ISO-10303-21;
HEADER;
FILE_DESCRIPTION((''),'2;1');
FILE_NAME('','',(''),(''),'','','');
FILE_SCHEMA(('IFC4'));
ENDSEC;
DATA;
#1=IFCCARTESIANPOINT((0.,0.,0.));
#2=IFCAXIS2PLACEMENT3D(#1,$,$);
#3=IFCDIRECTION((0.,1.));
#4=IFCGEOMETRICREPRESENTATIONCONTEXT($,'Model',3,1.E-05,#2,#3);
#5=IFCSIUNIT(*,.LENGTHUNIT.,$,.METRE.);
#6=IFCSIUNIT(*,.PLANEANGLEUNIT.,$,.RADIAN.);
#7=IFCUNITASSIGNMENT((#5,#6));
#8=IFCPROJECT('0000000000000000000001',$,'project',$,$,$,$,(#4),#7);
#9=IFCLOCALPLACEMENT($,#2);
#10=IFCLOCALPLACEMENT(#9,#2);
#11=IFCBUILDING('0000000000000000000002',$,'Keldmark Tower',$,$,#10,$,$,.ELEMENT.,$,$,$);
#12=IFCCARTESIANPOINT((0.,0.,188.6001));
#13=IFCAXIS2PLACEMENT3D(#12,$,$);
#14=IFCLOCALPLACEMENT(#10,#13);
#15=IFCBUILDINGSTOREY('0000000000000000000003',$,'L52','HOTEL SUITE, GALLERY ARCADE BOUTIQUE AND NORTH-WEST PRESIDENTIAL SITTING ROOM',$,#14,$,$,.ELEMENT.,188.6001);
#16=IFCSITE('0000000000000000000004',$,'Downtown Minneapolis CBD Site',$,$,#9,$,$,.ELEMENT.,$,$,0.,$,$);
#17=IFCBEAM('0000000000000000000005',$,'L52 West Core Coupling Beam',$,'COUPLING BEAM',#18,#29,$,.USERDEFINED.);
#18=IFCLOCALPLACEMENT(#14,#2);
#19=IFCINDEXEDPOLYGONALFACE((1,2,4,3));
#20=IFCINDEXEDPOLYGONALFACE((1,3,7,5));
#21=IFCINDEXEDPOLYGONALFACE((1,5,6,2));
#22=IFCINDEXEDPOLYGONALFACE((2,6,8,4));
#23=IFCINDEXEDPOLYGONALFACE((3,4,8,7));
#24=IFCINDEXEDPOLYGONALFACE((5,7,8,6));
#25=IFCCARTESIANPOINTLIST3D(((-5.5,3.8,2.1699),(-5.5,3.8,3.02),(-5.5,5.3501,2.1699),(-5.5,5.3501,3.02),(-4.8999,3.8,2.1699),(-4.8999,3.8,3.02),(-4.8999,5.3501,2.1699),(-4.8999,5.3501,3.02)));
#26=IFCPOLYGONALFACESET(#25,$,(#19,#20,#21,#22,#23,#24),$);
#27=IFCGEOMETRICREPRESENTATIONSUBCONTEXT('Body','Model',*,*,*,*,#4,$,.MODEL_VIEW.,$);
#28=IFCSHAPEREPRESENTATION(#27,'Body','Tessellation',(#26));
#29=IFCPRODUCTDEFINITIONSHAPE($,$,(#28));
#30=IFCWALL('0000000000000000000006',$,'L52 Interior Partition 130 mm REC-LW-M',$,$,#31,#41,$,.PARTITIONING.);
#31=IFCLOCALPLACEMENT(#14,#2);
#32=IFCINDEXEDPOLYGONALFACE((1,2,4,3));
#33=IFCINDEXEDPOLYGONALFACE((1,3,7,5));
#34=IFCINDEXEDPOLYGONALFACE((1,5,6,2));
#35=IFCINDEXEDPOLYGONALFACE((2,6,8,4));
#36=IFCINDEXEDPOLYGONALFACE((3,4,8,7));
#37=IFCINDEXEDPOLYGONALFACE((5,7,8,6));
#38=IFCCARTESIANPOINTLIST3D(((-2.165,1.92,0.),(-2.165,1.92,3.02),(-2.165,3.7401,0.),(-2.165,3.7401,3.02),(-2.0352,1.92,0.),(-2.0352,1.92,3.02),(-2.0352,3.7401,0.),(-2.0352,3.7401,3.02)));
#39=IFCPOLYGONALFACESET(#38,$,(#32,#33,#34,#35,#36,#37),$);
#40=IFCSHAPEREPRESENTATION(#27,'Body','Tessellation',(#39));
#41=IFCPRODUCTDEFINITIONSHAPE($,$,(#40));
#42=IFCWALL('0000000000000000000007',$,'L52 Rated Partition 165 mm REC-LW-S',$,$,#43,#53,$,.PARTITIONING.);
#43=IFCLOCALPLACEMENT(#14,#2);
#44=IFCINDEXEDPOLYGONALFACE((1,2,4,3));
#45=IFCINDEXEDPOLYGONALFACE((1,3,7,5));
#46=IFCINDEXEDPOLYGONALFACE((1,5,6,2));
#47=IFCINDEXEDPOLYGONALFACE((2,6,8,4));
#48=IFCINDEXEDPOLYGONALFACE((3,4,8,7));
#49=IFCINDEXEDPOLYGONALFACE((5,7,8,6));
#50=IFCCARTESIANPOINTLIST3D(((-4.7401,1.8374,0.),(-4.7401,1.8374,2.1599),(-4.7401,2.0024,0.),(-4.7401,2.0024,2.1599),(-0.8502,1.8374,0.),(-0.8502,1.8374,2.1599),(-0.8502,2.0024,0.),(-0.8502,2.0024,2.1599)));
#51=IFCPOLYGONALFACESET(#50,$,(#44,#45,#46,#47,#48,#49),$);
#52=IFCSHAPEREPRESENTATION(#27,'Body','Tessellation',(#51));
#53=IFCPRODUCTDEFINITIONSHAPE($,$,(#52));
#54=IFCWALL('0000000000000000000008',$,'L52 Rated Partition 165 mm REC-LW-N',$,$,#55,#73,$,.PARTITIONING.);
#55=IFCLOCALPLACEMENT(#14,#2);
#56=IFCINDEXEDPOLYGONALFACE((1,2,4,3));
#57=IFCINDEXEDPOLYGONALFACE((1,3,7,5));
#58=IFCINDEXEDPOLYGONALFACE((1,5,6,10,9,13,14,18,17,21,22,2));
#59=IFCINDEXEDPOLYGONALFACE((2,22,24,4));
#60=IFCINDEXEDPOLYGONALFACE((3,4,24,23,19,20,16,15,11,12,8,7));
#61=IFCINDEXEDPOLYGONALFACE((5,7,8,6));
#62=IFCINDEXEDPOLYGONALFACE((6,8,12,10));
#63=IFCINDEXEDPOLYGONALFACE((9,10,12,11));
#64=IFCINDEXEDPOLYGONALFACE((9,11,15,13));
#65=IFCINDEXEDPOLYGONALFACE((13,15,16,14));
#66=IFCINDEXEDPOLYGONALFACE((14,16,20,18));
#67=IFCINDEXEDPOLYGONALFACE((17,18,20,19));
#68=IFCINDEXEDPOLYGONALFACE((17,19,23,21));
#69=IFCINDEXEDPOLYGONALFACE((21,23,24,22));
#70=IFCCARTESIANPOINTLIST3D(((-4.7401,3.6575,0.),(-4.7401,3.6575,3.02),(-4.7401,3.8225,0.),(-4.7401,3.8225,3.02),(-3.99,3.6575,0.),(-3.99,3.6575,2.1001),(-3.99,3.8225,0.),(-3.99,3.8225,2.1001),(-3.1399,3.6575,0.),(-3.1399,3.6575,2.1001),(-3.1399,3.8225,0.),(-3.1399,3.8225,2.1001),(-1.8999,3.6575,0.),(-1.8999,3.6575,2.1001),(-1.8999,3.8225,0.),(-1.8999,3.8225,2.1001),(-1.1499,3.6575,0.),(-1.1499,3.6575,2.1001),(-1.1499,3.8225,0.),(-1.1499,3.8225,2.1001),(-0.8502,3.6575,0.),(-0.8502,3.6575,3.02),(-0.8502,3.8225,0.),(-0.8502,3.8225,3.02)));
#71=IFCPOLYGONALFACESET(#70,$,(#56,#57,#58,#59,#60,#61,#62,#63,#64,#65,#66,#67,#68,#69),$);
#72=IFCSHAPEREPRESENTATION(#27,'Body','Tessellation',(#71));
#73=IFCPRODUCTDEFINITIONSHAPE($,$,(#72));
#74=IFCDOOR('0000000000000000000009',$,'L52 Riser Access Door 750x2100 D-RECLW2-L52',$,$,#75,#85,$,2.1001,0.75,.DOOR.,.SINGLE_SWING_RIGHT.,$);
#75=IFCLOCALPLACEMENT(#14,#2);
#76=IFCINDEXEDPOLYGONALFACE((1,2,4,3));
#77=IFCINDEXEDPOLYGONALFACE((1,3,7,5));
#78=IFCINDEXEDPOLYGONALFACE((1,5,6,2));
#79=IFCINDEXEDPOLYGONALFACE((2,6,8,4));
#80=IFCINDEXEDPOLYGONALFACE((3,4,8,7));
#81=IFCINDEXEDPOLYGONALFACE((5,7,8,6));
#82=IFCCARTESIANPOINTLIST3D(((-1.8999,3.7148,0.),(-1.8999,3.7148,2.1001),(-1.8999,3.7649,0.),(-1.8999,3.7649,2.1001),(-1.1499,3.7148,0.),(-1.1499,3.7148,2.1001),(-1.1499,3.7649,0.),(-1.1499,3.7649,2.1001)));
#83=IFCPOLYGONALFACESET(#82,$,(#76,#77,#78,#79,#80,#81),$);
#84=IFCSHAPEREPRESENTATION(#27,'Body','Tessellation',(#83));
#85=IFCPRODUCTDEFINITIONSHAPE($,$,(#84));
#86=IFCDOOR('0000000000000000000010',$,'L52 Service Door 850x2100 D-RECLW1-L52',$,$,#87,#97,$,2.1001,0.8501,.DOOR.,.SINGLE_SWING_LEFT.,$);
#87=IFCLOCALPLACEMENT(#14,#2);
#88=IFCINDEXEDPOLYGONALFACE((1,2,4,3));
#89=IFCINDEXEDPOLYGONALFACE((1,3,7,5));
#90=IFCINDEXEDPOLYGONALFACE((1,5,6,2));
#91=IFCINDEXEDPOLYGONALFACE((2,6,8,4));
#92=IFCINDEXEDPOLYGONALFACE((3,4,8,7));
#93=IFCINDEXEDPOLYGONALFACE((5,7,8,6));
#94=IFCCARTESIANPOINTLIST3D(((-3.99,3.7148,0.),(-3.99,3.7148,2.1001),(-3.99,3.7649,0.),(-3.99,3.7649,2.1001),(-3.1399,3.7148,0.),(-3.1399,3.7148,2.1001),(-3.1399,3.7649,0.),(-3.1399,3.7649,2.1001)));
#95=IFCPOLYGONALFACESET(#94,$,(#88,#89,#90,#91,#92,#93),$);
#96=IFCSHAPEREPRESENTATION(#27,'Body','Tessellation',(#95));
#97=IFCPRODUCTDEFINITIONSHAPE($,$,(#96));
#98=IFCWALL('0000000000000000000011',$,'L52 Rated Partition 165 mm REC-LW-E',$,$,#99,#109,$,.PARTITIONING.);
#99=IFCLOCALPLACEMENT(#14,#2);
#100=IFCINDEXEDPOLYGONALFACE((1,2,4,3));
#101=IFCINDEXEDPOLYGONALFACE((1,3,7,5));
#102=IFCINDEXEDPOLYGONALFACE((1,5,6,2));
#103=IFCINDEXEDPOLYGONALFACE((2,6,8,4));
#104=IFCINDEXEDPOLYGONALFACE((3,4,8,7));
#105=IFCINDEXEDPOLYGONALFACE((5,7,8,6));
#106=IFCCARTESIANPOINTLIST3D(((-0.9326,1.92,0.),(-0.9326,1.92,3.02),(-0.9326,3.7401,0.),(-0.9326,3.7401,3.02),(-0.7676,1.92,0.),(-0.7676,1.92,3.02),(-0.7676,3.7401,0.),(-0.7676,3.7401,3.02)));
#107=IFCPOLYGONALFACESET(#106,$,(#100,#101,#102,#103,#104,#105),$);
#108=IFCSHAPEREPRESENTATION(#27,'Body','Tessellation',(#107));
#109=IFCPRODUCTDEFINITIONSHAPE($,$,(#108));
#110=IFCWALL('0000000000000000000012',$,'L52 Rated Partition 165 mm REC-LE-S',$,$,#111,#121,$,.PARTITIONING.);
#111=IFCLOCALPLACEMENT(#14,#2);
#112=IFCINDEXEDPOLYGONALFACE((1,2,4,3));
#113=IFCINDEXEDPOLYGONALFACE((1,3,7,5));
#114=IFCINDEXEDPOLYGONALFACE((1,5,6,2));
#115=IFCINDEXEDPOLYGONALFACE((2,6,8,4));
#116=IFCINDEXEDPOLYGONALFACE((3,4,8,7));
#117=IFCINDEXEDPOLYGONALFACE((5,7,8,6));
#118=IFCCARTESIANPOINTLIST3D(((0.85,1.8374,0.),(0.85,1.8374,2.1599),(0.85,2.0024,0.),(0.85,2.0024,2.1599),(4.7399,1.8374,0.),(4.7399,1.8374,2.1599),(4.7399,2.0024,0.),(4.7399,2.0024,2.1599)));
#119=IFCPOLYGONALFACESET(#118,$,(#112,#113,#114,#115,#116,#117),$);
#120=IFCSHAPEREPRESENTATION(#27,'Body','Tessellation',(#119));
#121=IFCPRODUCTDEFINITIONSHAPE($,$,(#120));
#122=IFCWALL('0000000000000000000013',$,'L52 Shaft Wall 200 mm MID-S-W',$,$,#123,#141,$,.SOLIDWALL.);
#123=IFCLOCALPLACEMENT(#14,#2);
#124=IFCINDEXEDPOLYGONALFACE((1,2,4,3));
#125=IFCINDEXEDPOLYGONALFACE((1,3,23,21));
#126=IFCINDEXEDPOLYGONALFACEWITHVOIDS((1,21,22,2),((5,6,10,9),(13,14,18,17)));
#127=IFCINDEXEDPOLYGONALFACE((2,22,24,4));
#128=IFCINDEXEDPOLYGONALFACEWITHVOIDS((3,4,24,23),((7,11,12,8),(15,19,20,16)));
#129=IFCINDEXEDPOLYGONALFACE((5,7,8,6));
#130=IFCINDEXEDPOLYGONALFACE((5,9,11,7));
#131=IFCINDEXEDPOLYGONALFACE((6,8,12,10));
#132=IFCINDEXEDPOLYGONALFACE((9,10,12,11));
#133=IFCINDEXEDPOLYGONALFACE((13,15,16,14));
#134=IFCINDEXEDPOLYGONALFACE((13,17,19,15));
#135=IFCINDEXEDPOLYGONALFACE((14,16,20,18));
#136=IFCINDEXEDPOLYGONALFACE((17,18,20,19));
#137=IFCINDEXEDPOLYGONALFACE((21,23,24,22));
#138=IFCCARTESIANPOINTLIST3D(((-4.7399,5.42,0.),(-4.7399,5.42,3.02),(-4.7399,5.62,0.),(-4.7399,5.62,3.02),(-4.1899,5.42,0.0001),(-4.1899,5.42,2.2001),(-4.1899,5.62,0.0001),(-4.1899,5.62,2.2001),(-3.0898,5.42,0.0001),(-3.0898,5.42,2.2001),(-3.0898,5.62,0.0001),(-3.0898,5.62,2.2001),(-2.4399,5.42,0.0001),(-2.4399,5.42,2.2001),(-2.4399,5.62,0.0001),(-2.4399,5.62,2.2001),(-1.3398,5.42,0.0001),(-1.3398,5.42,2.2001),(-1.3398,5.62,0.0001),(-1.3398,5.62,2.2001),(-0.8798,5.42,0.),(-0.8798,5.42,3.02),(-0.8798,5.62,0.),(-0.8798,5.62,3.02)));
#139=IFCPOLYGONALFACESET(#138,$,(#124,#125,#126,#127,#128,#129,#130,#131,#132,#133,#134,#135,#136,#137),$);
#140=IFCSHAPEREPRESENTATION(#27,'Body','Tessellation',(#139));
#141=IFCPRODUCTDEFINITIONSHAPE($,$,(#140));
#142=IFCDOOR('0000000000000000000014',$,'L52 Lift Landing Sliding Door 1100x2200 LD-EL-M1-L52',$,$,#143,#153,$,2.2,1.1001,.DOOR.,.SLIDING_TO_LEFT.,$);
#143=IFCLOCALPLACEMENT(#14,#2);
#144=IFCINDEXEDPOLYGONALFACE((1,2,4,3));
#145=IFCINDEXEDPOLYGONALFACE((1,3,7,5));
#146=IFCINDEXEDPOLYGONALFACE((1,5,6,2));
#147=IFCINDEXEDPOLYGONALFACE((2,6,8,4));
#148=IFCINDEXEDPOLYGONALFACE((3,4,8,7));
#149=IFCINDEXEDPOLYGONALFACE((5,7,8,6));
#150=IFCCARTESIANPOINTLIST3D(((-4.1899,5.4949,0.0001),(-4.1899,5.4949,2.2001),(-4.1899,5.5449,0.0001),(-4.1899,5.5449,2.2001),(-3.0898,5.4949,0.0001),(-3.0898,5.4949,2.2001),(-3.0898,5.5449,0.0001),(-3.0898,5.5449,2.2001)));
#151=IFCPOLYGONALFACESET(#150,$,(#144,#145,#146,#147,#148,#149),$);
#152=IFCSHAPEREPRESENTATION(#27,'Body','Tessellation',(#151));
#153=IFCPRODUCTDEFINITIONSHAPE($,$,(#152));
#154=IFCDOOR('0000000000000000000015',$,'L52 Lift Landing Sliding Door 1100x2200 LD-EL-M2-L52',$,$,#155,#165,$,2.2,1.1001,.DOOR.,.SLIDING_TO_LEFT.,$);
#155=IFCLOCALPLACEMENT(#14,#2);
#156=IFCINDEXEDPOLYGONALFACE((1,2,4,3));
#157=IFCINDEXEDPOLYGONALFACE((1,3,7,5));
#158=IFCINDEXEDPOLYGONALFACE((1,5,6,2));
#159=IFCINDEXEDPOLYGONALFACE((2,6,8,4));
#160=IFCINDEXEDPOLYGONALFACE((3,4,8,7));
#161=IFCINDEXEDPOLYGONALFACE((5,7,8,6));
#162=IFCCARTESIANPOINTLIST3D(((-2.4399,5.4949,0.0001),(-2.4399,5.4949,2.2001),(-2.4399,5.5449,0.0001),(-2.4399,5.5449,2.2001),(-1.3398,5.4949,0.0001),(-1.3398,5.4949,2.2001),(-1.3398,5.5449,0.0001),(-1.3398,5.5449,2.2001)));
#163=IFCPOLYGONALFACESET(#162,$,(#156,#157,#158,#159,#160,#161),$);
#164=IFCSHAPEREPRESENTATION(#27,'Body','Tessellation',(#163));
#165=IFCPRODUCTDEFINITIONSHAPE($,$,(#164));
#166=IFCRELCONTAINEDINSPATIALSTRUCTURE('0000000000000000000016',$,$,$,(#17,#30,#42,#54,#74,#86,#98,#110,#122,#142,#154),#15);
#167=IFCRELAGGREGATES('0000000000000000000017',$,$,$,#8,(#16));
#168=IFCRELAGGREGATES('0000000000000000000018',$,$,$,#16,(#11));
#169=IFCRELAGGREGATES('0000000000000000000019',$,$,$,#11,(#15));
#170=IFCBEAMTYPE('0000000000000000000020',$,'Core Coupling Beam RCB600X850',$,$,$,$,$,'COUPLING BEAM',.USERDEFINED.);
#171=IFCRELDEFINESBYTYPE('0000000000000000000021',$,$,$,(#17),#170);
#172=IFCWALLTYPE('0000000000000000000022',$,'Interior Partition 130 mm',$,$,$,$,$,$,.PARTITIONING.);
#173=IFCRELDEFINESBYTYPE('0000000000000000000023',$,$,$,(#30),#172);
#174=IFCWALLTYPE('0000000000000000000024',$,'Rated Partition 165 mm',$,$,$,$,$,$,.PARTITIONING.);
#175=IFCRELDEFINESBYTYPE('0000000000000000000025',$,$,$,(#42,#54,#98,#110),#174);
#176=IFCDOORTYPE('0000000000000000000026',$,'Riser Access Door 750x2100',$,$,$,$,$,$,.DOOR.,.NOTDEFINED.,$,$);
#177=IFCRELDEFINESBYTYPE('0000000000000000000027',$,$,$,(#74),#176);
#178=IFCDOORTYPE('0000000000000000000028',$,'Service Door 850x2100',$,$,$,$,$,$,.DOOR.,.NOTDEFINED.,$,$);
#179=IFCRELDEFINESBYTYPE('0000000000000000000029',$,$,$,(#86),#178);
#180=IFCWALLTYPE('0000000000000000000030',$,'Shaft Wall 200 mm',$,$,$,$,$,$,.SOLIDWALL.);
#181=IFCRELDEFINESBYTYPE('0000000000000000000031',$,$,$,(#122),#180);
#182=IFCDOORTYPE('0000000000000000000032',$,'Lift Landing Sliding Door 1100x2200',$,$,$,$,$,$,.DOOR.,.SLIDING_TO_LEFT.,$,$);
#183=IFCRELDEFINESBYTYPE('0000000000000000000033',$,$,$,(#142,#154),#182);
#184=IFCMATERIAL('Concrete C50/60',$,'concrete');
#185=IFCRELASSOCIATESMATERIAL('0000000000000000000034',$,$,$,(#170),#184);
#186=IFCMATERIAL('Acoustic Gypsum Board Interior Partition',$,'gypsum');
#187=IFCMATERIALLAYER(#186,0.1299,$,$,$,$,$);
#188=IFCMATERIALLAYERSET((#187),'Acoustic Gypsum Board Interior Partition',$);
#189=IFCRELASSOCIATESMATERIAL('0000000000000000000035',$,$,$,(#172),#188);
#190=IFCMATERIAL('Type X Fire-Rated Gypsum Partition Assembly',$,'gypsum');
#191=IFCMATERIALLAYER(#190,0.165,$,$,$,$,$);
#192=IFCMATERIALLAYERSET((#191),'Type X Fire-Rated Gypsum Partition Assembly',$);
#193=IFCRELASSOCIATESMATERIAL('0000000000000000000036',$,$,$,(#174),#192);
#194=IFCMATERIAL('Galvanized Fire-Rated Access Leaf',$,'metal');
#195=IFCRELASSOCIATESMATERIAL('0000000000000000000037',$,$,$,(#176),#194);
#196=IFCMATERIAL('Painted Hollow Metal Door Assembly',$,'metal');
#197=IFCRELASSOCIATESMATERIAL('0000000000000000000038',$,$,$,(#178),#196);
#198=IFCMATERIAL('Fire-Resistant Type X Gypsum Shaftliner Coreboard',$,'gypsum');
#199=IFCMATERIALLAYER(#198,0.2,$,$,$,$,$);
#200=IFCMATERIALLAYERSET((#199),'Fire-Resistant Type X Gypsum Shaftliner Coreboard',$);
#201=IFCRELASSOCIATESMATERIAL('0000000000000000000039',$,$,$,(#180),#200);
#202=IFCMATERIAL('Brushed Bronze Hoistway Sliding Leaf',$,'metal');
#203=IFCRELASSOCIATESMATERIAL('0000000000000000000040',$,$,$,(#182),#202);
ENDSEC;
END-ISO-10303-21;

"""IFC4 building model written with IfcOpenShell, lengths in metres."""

from ifc_helpers import new_model, si_unit, direction, frame, frame_2d, origin, origin_2d, place, context, subcontext, project, spatial, rectangle, extrude, material, layer, layer_set, material_profile, profile_set, type_object, element, fill, save


model = new_model("IFC4")

# Units and contexts
model_context = context("Model", 3, precision=1e-05, world=origin(), true_north=direction((0.0, 1.0)))
body_context = subcontext(model_context, "Body", "Model", "MODEL_VIEW")
ifc_project = project(units=[si_unit("LENGTHUNIT", "METRE"), si_unit("PLANEANGLEUNIT", "RADIAN")], contexts=[model_context])

# Site, building, storey
site_placement = place(None, origin())
site = spatial("IfcSite", under=ifc_project, at=site_placement, Name="Downtown Minneapolis CBD Site", CompositionType="ELEMENT", RefElevation=0.0)
building_placement = place(site_placement, origin())
building = spatial("IfcBuilding", under=site, at=building_placement, Name="Keldmark Tower", CompositionType="ELEMENT")
storey_placement = place(building_placement, frame((0.0, 0.0, 188.6001)))
storey = spatial("IfcBuildingStorey", under=building, at=storey_placement, Name="L52", Description="HOTEL SUITE, GALLERY ARCADE BOUTIQUE AND NORTH-WEST PRESIDENTIAL SITTING ROOM", CompositionType="ELEMENT", Elevation=188.6001)

# Beam
ifc_material_1 = material(Name="Concrete C50/60", Category="concrete")
ifc_material_profile = material_profile(ifc_material_1, rectangle(XDim=0.6001, YDim=0.8501, at=origin_2d()), Name="RCB600X850")
ifc_profile_set = profile_set([ifc_material_profile], Name="Concrete C50/60")
beam_type = type_object("IfcBeamType", Name="Core Coupling Beam RCB600X850", ElementType="COUPLING BEAM", PredefinedType="USERDEFINED", material=ifc_profile_set)
beam_placement = place(storey_placement, frame((-5.2, 3.8, 2.595), z_axis=(0.0, 1.0, 0.0), x_axis=(-1.0, 0.0, 0.0)))
element("IfcBeam", 1, at=beam_placement, inside=storey, type_object=beam_type, Name="L52 West Core Coupling Beam", ObjectType="COUPLING BEAM", PredefinedType="USERDEFINED", context=body_context, shape_type="SweptSolid", body=[
    extrude(rectangle(XDim=0.6001, YDim=0.8501, at=origin_2d()), origin(), (0.0, 0.0, 1.0), 1.55),
])

# Walls
ifc_material_2 = material(Name="Acoustic Gypsum Board Interior Partition", Category="gypsum")
ifc_layer_1 = layer(ifc_material_2, 0.1299)
ifc_layer_set_1 = layer_set([ifc_layer_1], Name="Acoustic Gypsum Board Interior Partition")
wall_type_1 = type_object("IfcWallType", Name="Interior Partition 130 mm", PredefinedType="PARTITIONING", material=ifc_layer_set_1)
wall_1_placement = place(storey_placement, frame((-2.1001, 1.9199, 0.0), z_axis=(0.0, 0.0, 1.0), x_axis=(0.0, 1.0, 0.0)))
element("IfcWall", 2, at=wall_1_placement, inside=storey, type_object=wall_type_1, Name="L52 Interior Partition 130 mm REC-LW-M", PredefinedType="PARTITIONING", context=body_context, shape_type="SweptSolid", body=[
    extrude(rectangle(XDim=1.8201, YDim=0.1299, at=frame_2d((0.9102, 0.0))), origin(), (0.0, 0.0, 1.0), 3.02),
])
ifc_material_3 = material(Name="Type X Fire-Rated Gypsum Partition Assembly", Category="gypsum")
ifc_layer_2 = layer(ifc_material_3, 0.165)
ifc_layer_set_2 = layer_set([ifc_layer_2], Name="Type X Fire-Rated Gypsum Partition Assembly")
wall_type_2 = type_object("IfcWallType", Name="Rated Partition 165 mm", PredefinedType="PARTITIONING", material=ifc_layer_set_2)
wall_2_placement = place(storey_placement, frame((-4.74, 1.9199, 0.0), z_axis=(0.0, 0.0, 1.0), x_axis=(1.0, 0.0, 0.0)))
element("IfcWall", 3, at=wall_2_placement, inside=storey, type_object=wall_type_2, Name="L52 Rated Partition 165 mm REC-LW-S", PredefinedType="PARTITIONING", context=body_context, shape_type="SweptSolid", body=[
    extrude(rectangle(XDim=3.8899, YDim=0.165, at=frame_2d((1.9448, 0.0))), origin(), (0.0, 0.0, 1.0), 2.1599),
])

# Wall, openings, doors
wall_3_placement = place(storey_placement, frame((-4.74, 3.74, 0.0), z_axis=(0.0, 0.0, 1.0), x_axis=(1.0, 0.0, 0.0)))
wall_3 = element("IfcWall", 4, at=wall_3_placement, inside=storey, type_object=wall_type_2, Name="L52 Rated Partition 165 mm REC-LW-N", PredefinedType="PARTITIONING", context=body_context, shape_type="SweptSolid", body=[
    extrude(rectangle(XDim=3.8899, YDim=0.165, at=frame_2d((1.9448, 0.0))), origin(), (0.0, 0.0, 1.0), 3.02),
])
opening_1_placement = place(wall_3_placement, frame((0.75, 0.0, 0.0)))
opening_1 = element("IfcOpeningElement", 5, at=opening_1_placement, cuts=wall_3, PredefinedType="OPENING", context=body_context, shape_type="SweptSolid", body=[
    extrude(rectangle(XDim=0.8501, YDim=2.1001, at=frame_2d((0.425, 1.05))), frame((0.0, 0.0925, 0.0), z_axis=(0.0, -1.0, 0.0), x_axis=(1.0, 0.0, 0.0)), (0.0, 0.0, 1.0), 0.1851),
])
opening_2_placement = place(wall_3_placement, frame((2.8401, 0.0, 0.0)))
opening_2 = element("IfcOpeningElement", 6, at=opening_2_placement, cuts=wall_3, PredefinedType="OPENING", context=body_context, shape_type="SweptSolid", body=[
    extrude(rectangle(XDim=0.75, YDim=2.1001, at=frame_2d((0.375, 1.05))), frame((0.0, 0.0925, 0.0), z_axis=(0.0, -1.0, 0.0), x_axis=(1.0, 0.0, 0.0)), (0.0, 0.0, 1.0), 0.1851),
])
ifc_material_4 = material(Name="Galvanized Fire-Rated Access Leaf", Category="metal")
door_type_1 = type_object("IfcDoorType", Name="Riser Access Door 750x2100", OperationType="NOTDEFINED", PredefinedType="DOOR", material=ifc_material_4)
door_1_placement = place(opening_2_placement, origin())
door_1 = element("IfcDoor", 7, at=door_1_placement, inside=storey, type_object=door_type_1, Name="L52 Riser Access Door 750x2100 D-RECLW2-L52", OperationType="SINGLE_SWING_RIGHT", OverallHeight=2.1001, OverallWidth=0.75, PredefinedType="DOOR", context=body_context, shape_type="SweptSolid", body=[
    extrude(rectangle(XDim=0.75, YDim=2.1001, at=frame_2d((0.375, 1.05))), frame((0.0, 0.0249, 0.0), z_axis=(0.0, -1.0, 0.0), x_axis=(1.0, 0.0, 0.0)), (0.0, 0.0, 1.0), 0.05),
])
fill(opening_2, door_1)
ifc_material_5 = material(Name="Painted Hollow Metal Door Assembly", Category="metal")
door_type_2 = type_object("IfcDoorType", Name="Service Door 850x2100", OperationType="NOTDEFINED", PredefinedType="DOOR", material=ifc_material_5)
door_2_placement = place(opening_1_placement, origin())
door_2 = element("IfcDoor", 8, at=door_2_placement, inside=storey, type_object=door_type_2, Name="L52 Service Door 850x2100 D-RECLW1-L52", OperationType="SINGLE_SWING_LEFT", OverallHeight=2.1001, OverallWidth=0.8501, PredefinedType="DOOR", context=body_context, shape_type="SweptSolid", body=[
    extrude(rectangle(XDim=0.8501, YDim=2.1001, at=frame_2d((0.425, 1.05))), frame((0.0, 0.0249, 0.0), z_axis=(0.0, -1.0, 0.0), x_axis=(1.0, 0.0, 0.0)), (0.0, 0.0, 1.0), 0.05),
])
fill(opening_1, door_2)

# Walls
wall_4_placement = place(storey_placement, frame((-0.8501, 1.9199, 0.0), z_axis=(0.0, 0.0, 1.0), x_axis=(0.0, 1.0, 0.0)))
element("IfcWall", 9, at=wall_4_placement, inside=storey, type_object=wall_type_2, Name="L52 Rated Partition 165 mm REC-LW-E", PredefinedType="PARTITIONING", context=body_context, shape_type="SweptSolid", body=[
    extrude(rectangle(XDim=1.8201, YDim=0.165, at=frame_2d((0.9102, 0.0))), origin(), (0.0, 0.0, 1.0), 3.02),
])
wall_5_placement = place(storey_placement, frame((0.8501, 1.9199, 0.0), z_axis=(0.0, 0.0, 1.0), x_axis=(1.0, 0.0, 0.0)))
element("IfcWall", 10, at=wall_5_placement, inside=storey, type_object=wall_type_2, Name="L52 Rated Partition 165 mm REC-LE-S", PredefinedType="PARTITIONING", context=body_context, shape_type="SweptSolid", body=[
    extrude(rectangle(XDim=3.8899, YDim=0.165, at=frame_2d((1.9448, 0.0))), origin(), (0.0, 0.0, 1.0), 2.1599),
])

# Wall, openings, doors
ifc_material_6 = material(Name="Fire-Resistant Type X Gypsum Shaftliner Coreboard", Category="gypsum")
ifc_layer_3 = layer(ifc_material_6, 0.2)
ifc_layer_set_3 = layer_set([ifc_layer_3], Name="Fire-Resistant Type X Gypsum Shaftliner Coreboard")
wall_type_3 = type_object("IfcWallType", Name="Shaft Wall 200 mm", PredefinedType="SOLIDWALL", material=ifc_layer_set_3)
wall_6_placement = place(storey_placement, frame((-4.74, 5.52, 0.0), z_axis=(0.0, 0.0, 1.0), x_axis=(1.0, 0.0, 0.0)))
wall_6 = element("IfcWall", 11, at=wall_6_placement, inside=storey, type_object=wall_type_3, Name="L52 Shaft Wall 200 mm MID-S-W", PredefinedType="SOLIDWALL", context=body_context, shape_type="SweptSolid", body=[
    extrude(rectangle(XDim=3.8601, YDim=0.2, at=frame_2d((1.9302, 0.0))), origin(), (0.0, 0.0, 1.0), 3.02),
])
opening_3_placement = place(wall_6_placement, frame((0.55, 0.0, 0.0)))
opening_3 = element("IfcOpeningElement", 12, at=opening_3_placement, cuts=wall_6, PredefinedType="OPENING", context=body_context, shape_type="SweptSolid", body=[
    extrude(rectangle(XDim=1.1001, YDim=2.2, at=frame_2d((0.55, 1.1001))), frame((0.0, 0.1099, 0.0), z_axis=(0.0, -1.0, 0.0), x_axis=(1.0, 0.0, 0.0)), (0.0, 0.0, 1.0), 0.22),
])
opening_4_placement = place(wall_6_placement, frame((2.3, 0.0, 0.0)))
opening_4 = element("IfcOpeningElement", 13, at=opening_4_placement, cuts=wall_6, PredefinedType="OPENING", context=body_context, shape_type="SweptSolid", body=[
    extrude(rectangle(XDim=1.1001, YDim=2.2, at=frame_2d((0.55, 1.1001))), frame((0.0, 0.1099, 0.0), z_axis=(0.0, -1.0, 0.0), x_axis=(1.0, 0.0, 0.0)), (0.0, 0.0, 1.0), 0.22),
])
ifc_material_7 = material(Name="Brushed Bronze Hoistway Sliding Leaf", Category="metal")
door_type_3 = type_object("IfcDoorType", Name="Lift Landing Sliding Door 1100x2200", OperationType="SLIDING_TO_LEFT", PredefinedType="DOOR", material=ifc_material_7)
door_3_placement = place(opening_3_placement, origin())
door_3 = element("IfcDoor", 14, at=door_3_placement, inside=storey, type_object=door_type_3, Name="L52 Lift Landing Sliding Door 1100x2200 LD-EL-M1-L52", OperationType="SLIDING_TO_LEFT", OverallHeight=2.2, OverallWidth=1.1001, PredefinedType="DOOR", context=body_context, shape_type="SweptSolid", body=[
    extrude(rectangle(XDim=1.1001, YDim=2.2, at=frame_2d((0.55, 1.1001))), frame((0.0, 0.0249, 0.0), z_axis=(0.0, -1.0, 0.0), x_axis=(1.0, 0.0, 0.0)), (0.0, 0.0, 1.0), 0.05),
])
fill(opening_3, door_3)
door_4_placement = place(opening_4_placement, origin())
door_4 = element("IfcDoor", 15, at=door_4_placement, inside=storey, type_object=door_type_3, Name="L52 Lift Landing Sliding Door 1100x2200 LD-EL-M2-L52", OperationType="SLIDING_TO_LEFT", OverallHeight=2.2, OverallWidth=1.1001, PredefinedType="DOOR", context=body_context, shape_type="SweptSolid", body=[
    extrude(rectangle(XDim=1.1001, YDim=2.2, at=frame_2d((0.55, 1.1001))), frame((0.0, 0.0249, 0.0), z_axis=(0.0, -1.0, 0.0), x_axis=(1.0, 0.0, 0.0)), (0.0, 0.0, 1.0), 0.05),
])
fill(opening_4, door_4)

save(model, "model.ifc")
